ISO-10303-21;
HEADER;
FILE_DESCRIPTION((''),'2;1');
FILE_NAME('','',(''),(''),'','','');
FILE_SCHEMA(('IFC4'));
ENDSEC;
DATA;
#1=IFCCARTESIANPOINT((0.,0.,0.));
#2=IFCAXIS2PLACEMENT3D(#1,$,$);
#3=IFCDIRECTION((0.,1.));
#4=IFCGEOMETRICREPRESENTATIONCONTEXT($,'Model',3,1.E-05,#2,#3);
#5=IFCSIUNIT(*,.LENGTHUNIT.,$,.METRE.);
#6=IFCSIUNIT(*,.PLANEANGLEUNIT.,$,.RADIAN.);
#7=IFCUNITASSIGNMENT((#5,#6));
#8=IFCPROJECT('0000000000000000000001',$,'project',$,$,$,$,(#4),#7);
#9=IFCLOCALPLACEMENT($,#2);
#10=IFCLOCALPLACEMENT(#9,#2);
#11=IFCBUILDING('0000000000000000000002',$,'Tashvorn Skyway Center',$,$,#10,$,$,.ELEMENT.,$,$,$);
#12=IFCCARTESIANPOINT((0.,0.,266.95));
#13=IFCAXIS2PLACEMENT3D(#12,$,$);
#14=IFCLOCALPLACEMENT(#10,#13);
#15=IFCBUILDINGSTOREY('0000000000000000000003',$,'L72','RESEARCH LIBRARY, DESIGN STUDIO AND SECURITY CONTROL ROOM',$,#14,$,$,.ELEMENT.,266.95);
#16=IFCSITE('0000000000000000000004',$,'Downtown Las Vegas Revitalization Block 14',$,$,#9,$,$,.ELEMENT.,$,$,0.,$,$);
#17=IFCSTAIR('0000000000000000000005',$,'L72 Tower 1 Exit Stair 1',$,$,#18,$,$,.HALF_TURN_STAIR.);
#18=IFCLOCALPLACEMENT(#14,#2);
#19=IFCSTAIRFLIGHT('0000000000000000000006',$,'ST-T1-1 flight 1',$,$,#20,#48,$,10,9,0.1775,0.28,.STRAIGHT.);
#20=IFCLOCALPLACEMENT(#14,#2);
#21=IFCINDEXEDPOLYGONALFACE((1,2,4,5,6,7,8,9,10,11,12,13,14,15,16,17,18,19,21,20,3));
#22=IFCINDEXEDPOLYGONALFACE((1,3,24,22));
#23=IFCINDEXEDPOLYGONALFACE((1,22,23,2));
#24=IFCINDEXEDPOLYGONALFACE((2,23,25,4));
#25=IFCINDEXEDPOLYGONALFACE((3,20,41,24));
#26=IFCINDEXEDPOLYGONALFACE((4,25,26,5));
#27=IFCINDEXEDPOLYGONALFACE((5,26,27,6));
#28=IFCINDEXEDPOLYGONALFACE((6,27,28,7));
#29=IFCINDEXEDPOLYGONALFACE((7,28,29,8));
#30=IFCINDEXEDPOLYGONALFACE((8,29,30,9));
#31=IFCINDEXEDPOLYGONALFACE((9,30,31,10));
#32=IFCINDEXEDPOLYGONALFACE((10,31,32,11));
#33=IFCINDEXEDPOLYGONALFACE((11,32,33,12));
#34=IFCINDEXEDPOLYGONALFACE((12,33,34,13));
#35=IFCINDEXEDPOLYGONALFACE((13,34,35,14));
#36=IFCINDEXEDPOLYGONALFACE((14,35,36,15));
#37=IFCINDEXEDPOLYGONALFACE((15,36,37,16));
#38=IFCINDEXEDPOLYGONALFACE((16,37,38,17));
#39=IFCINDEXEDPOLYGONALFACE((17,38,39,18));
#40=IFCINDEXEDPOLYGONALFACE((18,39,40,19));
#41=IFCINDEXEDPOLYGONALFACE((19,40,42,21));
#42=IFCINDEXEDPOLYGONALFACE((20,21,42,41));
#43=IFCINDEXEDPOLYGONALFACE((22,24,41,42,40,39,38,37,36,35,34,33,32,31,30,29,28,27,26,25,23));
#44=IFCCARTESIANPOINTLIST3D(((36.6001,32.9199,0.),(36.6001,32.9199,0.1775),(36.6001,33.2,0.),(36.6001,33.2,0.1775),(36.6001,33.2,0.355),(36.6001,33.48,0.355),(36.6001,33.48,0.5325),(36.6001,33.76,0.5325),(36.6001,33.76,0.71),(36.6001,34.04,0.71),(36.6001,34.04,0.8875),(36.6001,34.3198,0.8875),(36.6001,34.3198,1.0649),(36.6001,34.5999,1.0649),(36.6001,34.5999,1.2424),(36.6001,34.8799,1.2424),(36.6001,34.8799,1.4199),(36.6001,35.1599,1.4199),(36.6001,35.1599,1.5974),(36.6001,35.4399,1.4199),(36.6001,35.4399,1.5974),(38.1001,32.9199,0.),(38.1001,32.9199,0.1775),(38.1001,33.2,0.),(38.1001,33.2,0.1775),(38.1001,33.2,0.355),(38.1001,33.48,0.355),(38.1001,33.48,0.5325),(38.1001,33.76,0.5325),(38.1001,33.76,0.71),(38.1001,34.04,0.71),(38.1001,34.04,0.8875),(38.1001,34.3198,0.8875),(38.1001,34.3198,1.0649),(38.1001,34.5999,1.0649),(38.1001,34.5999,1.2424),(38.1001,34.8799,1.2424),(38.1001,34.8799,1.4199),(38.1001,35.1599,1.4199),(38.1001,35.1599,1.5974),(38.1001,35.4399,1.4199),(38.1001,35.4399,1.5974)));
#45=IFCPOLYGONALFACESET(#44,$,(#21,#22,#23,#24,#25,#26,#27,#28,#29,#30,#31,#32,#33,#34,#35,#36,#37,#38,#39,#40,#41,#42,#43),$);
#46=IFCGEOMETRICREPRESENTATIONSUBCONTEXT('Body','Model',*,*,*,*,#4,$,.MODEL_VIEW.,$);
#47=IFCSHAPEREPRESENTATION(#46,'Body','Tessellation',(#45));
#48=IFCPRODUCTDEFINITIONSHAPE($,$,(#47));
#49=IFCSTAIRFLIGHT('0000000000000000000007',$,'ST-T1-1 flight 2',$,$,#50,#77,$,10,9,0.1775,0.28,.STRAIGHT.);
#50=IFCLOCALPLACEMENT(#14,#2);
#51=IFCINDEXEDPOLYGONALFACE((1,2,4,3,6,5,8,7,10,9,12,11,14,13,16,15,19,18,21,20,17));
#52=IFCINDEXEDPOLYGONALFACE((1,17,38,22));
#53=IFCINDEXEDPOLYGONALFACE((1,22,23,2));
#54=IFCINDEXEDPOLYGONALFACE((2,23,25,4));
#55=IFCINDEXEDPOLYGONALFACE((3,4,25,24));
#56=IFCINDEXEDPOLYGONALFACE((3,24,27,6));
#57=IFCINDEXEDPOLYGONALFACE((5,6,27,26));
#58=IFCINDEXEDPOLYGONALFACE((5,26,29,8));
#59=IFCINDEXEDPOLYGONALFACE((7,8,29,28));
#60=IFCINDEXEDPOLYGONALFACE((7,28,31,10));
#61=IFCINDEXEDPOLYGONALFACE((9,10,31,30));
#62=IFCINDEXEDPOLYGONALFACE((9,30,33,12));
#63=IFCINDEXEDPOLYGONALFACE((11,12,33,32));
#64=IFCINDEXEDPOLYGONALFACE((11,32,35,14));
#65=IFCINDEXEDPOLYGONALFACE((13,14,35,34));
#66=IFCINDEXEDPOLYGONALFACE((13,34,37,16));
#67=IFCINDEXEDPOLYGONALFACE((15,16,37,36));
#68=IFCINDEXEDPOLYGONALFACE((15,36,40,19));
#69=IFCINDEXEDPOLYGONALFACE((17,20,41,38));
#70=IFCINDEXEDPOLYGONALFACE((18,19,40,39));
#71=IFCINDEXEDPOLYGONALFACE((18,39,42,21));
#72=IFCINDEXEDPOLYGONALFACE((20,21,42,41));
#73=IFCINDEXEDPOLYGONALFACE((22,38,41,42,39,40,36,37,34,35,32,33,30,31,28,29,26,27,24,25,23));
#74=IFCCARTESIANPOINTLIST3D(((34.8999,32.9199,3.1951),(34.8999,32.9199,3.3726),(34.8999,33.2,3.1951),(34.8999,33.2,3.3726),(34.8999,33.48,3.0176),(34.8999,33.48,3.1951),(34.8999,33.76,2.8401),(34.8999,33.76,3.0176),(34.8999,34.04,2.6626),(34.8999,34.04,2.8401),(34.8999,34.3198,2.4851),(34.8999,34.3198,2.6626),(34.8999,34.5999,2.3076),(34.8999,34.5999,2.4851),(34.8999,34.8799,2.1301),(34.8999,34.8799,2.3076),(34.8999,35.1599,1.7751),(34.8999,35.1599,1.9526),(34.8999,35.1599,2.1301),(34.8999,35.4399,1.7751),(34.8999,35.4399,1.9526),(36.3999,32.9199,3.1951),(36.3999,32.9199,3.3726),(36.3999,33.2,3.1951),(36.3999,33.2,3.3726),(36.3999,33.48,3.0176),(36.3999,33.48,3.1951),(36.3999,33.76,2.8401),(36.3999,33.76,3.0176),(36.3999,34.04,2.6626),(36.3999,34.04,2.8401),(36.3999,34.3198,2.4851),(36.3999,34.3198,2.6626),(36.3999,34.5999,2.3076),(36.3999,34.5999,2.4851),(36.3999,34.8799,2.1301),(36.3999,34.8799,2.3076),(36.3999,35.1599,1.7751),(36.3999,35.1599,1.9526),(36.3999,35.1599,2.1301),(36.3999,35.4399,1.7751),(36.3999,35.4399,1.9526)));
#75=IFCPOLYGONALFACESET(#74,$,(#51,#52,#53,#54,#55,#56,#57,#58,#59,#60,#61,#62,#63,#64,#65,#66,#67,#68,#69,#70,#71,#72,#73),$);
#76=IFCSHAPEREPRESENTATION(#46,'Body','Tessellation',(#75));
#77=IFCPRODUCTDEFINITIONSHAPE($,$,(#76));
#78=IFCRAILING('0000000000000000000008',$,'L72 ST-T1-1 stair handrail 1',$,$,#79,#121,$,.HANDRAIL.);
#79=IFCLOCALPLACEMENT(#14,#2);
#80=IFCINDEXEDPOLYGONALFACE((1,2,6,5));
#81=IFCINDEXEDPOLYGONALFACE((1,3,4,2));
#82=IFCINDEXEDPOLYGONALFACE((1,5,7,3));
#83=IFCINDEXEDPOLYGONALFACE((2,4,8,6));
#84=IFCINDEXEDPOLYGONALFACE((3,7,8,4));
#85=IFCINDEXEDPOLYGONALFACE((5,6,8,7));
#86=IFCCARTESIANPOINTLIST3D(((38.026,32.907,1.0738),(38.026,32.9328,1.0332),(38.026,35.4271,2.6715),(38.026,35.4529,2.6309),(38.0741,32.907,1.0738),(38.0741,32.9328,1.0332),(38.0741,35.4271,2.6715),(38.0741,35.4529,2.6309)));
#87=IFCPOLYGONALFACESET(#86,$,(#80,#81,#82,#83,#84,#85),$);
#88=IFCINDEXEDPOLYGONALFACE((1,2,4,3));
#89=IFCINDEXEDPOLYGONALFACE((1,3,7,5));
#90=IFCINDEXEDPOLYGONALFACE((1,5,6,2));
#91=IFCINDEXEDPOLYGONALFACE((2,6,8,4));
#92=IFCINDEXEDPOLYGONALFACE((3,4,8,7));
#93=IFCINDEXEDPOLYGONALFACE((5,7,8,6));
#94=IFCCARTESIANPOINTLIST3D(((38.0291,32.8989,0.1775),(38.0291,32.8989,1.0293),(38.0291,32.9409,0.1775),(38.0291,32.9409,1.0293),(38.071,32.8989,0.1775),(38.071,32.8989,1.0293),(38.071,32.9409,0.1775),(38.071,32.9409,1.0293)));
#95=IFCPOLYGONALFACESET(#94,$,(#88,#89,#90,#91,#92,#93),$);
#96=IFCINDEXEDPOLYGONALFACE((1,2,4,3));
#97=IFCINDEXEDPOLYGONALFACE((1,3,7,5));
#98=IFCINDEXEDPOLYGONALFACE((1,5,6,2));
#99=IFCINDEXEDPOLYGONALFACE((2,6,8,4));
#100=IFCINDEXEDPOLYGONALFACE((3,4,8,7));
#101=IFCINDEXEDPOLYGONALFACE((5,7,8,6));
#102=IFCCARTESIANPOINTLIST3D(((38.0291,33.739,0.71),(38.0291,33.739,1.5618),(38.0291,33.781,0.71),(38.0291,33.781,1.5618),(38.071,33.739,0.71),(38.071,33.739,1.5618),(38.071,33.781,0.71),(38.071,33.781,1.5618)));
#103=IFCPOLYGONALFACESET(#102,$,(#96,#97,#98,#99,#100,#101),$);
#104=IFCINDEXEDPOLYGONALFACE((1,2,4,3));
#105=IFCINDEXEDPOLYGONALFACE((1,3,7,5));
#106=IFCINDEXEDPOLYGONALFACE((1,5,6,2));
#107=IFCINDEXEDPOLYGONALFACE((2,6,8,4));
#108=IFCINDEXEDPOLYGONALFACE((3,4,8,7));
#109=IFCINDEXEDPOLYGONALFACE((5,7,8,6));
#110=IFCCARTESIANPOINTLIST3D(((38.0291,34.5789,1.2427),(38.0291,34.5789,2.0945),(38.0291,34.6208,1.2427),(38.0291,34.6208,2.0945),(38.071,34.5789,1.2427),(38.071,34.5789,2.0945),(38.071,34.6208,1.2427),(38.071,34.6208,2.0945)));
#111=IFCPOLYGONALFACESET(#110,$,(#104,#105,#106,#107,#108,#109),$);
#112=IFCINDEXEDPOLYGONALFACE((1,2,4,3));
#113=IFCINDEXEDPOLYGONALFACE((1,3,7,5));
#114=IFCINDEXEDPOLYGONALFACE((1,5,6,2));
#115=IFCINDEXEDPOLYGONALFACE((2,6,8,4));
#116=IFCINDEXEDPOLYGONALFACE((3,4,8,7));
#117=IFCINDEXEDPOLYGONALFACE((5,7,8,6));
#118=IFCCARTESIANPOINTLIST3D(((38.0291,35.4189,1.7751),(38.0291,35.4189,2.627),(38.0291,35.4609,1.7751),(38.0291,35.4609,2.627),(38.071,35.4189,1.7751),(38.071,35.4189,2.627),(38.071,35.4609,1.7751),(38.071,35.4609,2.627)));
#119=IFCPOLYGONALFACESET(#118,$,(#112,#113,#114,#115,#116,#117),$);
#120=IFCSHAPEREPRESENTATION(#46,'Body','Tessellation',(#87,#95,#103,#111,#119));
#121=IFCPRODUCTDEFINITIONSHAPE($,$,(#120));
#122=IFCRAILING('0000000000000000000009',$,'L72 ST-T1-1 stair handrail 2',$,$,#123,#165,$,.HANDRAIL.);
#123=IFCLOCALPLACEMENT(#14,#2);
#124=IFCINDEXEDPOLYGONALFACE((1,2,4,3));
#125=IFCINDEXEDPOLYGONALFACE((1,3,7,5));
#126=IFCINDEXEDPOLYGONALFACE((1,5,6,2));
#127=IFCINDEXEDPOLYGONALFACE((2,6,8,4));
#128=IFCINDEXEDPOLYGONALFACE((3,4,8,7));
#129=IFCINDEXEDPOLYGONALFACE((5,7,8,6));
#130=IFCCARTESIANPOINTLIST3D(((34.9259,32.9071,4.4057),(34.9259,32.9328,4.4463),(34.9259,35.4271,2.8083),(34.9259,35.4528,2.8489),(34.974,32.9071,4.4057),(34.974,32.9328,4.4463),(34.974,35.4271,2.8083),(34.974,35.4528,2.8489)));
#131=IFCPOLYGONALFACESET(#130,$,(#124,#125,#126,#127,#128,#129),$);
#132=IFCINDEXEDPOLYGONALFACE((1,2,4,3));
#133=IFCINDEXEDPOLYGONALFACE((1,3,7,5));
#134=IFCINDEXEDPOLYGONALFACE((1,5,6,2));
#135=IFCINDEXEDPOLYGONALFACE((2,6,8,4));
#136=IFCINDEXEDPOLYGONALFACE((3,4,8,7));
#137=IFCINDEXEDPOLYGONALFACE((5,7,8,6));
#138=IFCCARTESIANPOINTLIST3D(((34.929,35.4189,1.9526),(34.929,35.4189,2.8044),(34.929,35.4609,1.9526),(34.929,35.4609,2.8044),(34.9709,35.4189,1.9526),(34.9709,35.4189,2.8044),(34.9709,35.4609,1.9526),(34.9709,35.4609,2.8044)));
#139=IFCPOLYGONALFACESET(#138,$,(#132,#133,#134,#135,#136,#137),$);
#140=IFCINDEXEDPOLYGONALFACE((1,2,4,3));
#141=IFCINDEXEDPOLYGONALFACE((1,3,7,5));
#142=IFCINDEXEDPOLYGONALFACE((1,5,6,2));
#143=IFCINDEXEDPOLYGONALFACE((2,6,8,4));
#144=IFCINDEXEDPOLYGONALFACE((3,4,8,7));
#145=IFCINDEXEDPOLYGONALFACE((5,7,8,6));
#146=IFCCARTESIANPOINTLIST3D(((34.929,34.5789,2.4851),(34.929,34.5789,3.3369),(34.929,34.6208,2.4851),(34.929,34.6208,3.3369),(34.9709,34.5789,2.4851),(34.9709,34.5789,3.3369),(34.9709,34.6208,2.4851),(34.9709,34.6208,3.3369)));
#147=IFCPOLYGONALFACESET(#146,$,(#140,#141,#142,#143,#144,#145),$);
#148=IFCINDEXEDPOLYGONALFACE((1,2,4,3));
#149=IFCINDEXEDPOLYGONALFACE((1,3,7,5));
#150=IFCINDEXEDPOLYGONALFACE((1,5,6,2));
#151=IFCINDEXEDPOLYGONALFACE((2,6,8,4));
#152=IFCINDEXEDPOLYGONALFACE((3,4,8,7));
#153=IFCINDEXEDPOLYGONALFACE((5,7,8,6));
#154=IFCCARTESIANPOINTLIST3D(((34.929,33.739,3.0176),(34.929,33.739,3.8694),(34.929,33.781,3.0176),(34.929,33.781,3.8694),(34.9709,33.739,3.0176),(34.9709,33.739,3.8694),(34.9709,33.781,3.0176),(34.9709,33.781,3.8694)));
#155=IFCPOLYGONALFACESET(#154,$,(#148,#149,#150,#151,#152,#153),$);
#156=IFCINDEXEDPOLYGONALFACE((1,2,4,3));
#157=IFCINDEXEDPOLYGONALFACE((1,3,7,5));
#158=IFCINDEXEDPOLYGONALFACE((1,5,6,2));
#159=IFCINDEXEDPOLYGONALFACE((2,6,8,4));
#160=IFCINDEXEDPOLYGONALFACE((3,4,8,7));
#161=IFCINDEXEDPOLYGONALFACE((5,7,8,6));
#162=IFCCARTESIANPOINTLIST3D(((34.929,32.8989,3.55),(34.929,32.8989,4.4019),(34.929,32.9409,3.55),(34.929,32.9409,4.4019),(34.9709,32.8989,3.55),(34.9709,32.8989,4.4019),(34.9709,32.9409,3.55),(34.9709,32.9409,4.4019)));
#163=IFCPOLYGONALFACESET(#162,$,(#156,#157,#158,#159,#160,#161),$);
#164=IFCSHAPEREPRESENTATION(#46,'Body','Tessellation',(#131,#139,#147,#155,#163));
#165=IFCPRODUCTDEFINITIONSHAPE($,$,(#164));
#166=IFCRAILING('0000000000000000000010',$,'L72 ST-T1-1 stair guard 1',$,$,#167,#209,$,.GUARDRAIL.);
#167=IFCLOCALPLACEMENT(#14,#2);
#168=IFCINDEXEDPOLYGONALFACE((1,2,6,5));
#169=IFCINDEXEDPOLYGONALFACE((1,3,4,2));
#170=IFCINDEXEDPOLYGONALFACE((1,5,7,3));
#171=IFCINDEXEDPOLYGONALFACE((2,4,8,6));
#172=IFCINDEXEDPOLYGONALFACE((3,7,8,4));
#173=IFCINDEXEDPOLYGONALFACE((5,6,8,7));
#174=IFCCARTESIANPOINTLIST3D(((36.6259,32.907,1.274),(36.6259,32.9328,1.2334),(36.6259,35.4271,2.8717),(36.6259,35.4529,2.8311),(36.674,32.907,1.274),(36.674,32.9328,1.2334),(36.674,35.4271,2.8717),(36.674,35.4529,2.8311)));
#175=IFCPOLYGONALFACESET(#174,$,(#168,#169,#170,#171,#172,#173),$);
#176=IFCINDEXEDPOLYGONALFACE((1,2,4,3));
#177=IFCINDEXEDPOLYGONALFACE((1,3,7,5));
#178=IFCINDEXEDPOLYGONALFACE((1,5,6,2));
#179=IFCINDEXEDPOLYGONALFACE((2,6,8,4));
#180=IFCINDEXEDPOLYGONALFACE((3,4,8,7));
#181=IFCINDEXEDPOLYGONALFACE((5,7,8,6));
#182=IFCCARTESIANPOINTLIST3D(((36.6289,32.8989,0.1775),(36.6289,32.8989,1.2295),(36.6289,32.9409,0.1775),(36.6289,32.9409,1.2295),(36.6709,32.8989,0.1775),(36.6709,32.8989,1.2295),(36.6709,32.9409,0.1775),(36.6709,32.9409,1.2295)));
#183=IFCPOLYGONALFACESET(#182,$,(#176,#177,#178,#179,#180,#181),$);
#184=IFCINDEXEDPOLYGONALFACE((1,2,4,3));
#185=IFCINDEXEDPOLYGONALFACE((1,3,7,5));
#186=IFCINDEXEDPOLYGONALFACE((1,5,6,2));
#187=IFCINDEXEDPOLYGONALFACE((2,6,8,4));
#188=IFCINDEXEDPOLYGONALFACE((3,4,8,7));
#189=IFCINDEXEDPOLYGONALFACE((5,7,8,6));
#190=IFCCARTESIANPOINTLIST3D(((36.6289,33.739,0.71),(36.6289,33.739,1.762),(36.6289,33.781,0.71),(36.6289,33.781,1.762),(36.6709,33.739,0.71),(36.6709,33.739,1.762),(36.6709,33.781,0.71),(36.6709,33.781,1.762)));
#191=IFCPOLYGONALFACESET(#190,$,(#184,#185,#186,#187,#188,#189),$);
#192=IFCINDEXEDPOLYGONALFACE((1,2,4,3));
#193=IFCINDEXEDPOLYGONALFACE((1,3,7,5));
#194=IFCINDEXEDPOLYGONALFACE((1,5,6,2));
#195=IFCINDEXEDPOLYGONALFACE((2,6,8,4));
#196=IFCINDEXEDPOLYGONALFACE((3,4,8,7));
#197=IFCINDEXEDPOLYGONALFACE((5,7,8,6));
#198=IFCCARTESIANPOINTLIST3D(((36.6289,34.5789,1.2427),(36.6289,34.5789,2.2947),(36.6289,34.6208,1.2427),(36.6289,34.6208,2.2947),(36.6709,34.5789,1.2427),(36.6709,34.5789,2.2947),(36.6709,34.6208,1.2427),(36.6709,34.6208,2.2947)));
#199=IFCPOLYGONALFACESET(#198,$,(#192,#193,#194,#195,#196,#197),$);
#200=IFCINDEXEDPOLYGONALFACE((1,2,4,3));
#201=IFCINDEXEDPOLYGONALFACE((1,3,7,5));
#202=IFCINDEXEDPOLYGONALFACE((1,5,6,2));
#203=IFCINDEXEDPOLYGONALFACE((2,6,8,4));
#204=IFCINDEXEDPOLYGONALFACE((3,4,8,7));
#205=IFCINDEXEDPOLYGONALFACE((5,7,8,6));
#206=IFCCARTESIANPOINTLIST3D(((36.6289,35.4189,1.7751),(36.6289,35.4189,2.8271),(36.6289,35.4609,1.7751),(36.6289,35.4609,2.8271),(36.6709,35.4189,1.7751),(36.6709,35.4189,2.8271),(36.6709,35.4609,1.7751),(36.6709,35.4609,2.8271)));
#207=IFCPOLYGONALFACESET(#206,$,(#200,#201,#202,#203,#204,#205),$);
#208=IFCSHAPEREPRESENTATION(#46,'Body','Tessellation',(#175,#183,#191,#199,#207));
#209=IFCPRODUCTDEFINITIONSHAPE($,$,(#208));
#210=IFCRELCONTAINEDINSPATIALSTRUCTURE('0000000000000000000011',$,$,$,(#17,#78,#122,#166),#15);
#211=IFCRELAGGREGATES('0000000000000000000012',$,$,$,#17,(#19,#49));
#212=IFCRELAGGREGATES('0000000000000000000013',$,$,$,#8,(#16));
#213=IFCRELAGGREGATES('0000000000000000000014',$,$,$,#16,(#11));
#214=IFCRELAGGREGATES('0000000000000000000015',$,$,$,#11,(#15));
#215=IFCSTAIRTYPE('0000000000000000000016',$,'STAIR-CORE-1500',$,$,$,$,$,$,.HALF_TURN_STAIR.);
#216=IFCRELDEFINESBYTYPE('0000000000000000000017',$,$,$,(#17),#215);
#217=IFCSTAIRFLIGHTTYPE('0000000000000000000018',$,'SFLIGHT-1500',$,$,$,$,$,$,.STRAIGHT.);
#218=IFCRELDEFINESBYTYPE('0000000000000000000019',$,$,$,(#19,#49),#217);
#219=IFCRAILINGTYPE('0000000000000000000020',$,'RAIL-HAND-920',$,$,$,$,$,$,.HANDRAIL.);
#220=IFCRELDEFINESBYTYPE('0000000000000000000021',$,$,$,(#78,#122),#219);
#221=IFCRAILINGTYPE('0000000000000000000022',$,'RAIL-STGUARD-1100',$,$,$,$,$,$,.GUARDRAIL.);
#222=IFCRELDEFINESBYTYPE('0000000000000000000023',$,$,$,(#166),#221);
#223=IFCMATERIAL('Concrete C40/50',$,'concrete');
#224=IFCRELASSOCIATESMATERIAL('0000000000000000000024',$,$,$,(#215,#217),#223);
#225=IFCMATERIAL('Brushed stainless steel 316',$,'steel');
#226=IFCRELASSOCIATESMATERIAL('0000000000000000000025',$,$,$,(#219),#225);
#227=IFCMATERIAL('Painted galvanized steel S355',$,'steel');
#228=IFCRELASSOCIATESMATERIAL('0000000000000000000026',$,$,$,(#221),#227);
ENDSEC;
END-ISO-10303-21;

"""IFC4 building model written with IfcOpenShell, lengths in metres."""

from ifc_helpers import new_model, si_unit, direction, frame, origin, origin_2d, place, context, subcontext, project, spatial, polyline, rectangle, outline, extrude, material, type_object, element, aggregate, save


model = new_model("IFC4")

# Units and contexts
model_context = context("Model", 3, precision=1e-05, world=origin(), true_north=direction((0.0, 1.0)))
body_context = subcontext(model_context, "Body", "Model", "MODEL_VIEW")
ifc_project = project(units=[si_unit("LENGTHUNIT", "METRE"), si_unit("PLANEANGLEUNIT", "RADIAN")], contexts=[model_context])

# Site, building, storey
site_placement = place(None, origin())
site = spatial("IfcSite", under=ifc_project, at=site_placement, Name="Downtown Las Vegas Revitalization Block 14", CompositionType="ELEMENT", RefElevation=0.0)
building_placement = place(site_placement, origin())
building = spatial("IfcBuilding", under=site, at=building_placement, Name="Tashvorn Skyway Center", CompositionType="ELEMENT")
storey_placement = place(building_placement, frame((0.0, 0.0, 266.95)))
storey = spatial("IfcBuildingStorey", under=building, at=storey_placement, Name="L72", Description="RESEARCH LIBRARY, DESIGN STUDIO AND SECURITY CONTROL ROOM", CompositionType="ELEMENT", Elevation=266.95)

# Shared definitions
ifc_material_1 = material(Name="Concrete C40/50", Category="concrete")

# Stair, stair flights
stair_type = type_object("IfcStairType", Name="STAIR-CORE-1500", PredefinedType="HALF_TURN_STAIR", material=ifc_material_1)
stair_placement = place(storey_placement, origin())
stair = element("IfcStair", 1, at=stair_placement, inside=storey, type_object=stair_type, Name="L72 Tower 1 Exit Stair 1", PredefinedType="HALF_TURN_STAIR")
stair_flight_type = type_object("IfcStairFlightType", Name="SFLIGHT-1500", PredefinedType="STRAIGHT", material=ifc_material_1)
stair_flight_1_placement = place(storey_placement, frame((37.3501, 32.9199, 0.0), z_axis=(0.0, 0.0, 1.0), x_axis=(0.0, 1.0, 0.0)))
stair_flight_1 = element("IfcStairFlight", 2, at=stair_flight_1_placement, type_object=stair_flight_type, Name="ST-T1-1 flight 1", NumberOfRisers=10, NumberOfTreads=9, PredefinedType="STRAIGHT", RiserHeight=0.1775, TreadLength=0.28, context=body_context, shape_type="SweptSolid", body=[
    extrude(outline(polyline([(0.0, 0.0), (0.0, 0.1775), (0.28, 0.1775), (0.28, 0.355), (0.5601, 0.355), (0.5601, 0.5325), (0.8401, 0.5325), (0.8401, 0.71), (1.1201, 0.71), (1.1201, 0.8875), (1.3999, 0.8875), (1.3999, 1.0649), (1.6799, 1.0649), (1.6799, 1.2424), (1.96, 1.2424), (1.96, 1.4199), (2.24, 1.4199), (2.24, 1.5974), (2.52, 1.5974), (2.52, 1.7749), (2.52, 1.4199), (0.28, 0.0), (0.0, 0.0)])), frame((0.0, 0.75, 0.0), z_axis=(0.0, -1.0, 0.0), x_axis=(1.0, 0.0, 0.0)), (0.0, 0.0, 1.0), 1.5),
])
stair_flight_2_placement = place(storey_placement, frame((35.6499, 35.4399, 1.7751), z_axis=(0.0, 0.0, 1.0), x_axis=(0.0, -1.0, 0.0)))
stair_flight_2 = element("IfcStairFlight", 3, at=stair_flight_2_placement, type_object=stair_flight_type, Name="ST-T1-1 flight 2", NumberOfRisers=10, NumberOfTreads=9, PredefinedType="STRAIGHT", RiserHeight=0.1775, TreadLength=0.28, context=body_context, shape_type="SweptSolid", body=[
    extrude(outline(polyline([(0.0, 0.0), (0.0, 0.1775), (0.28, 0.1775), (0.28, 0.355), (0.5601, 0.355), (0.5601, 0.5325), (0.8401, 0.5325), (0.8401, 0.71), (1.1201, 0.71), (1.1201, 0.8875), (1.3999, 0.8875), (1.3999, 1.0649), (1.6799, 1.0649), (1.6799, 1.2424), (1.96, 1.2424), (1.96, 1.4199), (2.24, 1.4199), (2.24, 1.5974), (2.52, 1.5974), (2.52, 1.7749), (2.52, 1.4199), (0.28, 0.0), (0.0, 0.0)])), frame((0.0, 0.75, 0.0), z_axis=(0.0, -1.0, 0.0), x_axis=(1.0, 0.0, 0.0)), (0.0, 0.0, 1.0), 1.5),
])
aggregate(stair, [stair_flight_1, stair_flight_2])

# Railings
ifc_material_2 = material(Name="Brushed stainless steel 316", Category="steel")
railing_type_1 = type_object("IfcRailingType", Name="RAIL-HAND-920", PredefinedType="HANDRAIL", material=ifc_material_2)
railing_1_placement = place(storey_placement, frame((38.05, 32.9199, 0.1775)))
element("IfcRailing", 4, at=railing_1_placement, inside=storey, type_object=railing_type_1, Name="L72 ST-T1-1 stair handrail 1", PredefinedType="HANDRAIL", context=body_context, shape_type="SweptSolid", body=[
    extrude(rectangle(XDim=0.0481, YDim=0.0481, at=origin_2d()), frame((0.0, 0.0, 0.876), z_axis=(0.0, 0.84457, 0.535445), x_axis=(-1.0, 0.0, 0.0)), (0.0, 0.0, 1.0), 2.9839),
    extrude(rectangle(XDim=0.042, YDim=0.042, at=origin_2d()), origin(), (0.0, 0.0, 1.0), 0.8518),
    extrude(rectangle(XDim=0.042, YDim=0.042, at=origin_2d()), frame((0.0, 0.8401, 0.5325)), (0.0, 0.0, 1.0), 0.8518),
    extrude(rectangle(XDim=0.042, YDim=0.042, at=origin_2d()), frame((0.0, 1.6799, 1.0652)), (0.0, 0.0, 1.0), 0.8518),
    extrude(rectangle(XDim=0.042, YDim=0.042, at=origin_2d()), frame((0.0, 2.52, 1.5977)), (0.0, 0.0, 1.0), 0.8518),
])
railing_2_placement = place(storey_placement, frame((34.95, 35.4399, 1.9526)))
element("IfcRailing", 5, at=railing_2_placement, inside=storey, type_object=railing_type_1, Name="L72 ST-T1-1 stair handrail 2", PredefinedType="HANDRAIL", context=body_context, shape_type="SweptSolid", body=[
    extrude(rectangle(XDim=0.0481, YDim=0.0481, at=origin_2d()), frame((0.0, 0.0, 0.876), z_axis=(0.0, -0.844607, 0.535387), x_axis=(1.0, 0.0, 0.0)), (0.0, 0.0, 1.0), 2.9836),
    extrude(rectangle(XDim=0.042, YDim=0.042, at=origin_2d()), origin(), (0.0, 0.0, 1.0), 0.8518),
    extrude(rectangle(XDim=0.042, YDim=0.042, at=origin_2d()), frame((0.0, -0.8401, 0.5325)), (0.0, 0.0, 1.0), 0.8518),
    extrude(rectangle(XDim=0.042, YDim=0.042, at=origin_2d()), frame((0.0, -1.6799, 1.0649)), (0.0, 0.0, 1.0), 0.8518),
    extrude(rectangle(XDim=0.042, YDim=0.042, at=origin_2d()), frame((0.0, -2.52, 1.5974)), (0.0, 0.0, 1.0), 0.8518),
])
ifc_material_3 = material(Name="Painted galvanized steel S355", Category="steel")
railing_type_2 = type_object("IfcRailingType", Name="RAIL-STGUARD-1100", PredefinedType="GUARDRAIL", material=ifc_material_3)
railing_3_placement = place(storey_placement, frame((36.6499, 32.9199, 0.1775)))
element("IfcRailing", 6, at=railing_3_placement, inside=storey, type_object=railing_type_2, Name="L72 ST-T1-1 stair guard 1", PredefinedType="GUARDRAIL", context=body_context, shape_type="SweptSolid", body=[
    extrude(rectangle(XDim=0.0481, YDim=0.0481, at=origin_2d()), frame((0.0, 0.0, 1.0762), z_axis=(0.0, 0.84457, 0.535445), x_axis=(-1.0, 0.0, 0.0)), (0.0, 0.0, 1.0), 2.9839),
    extrude(rectangle(XDim=0.042, YDim=0.042, at=origin_2d()), origin(), (0.0, 0.0, 1.0), 1.052),
    extrude(rectangle(XDim=0.042, YDim=0.042, at=origin_2d()), frame((0.0, 0.8401, 0.5325)), (0.0, 0.0, 1.0), 1.052),
    extrude(rectangle(XDim=0.042, YDim=0.042, at=origin_2d()), frame((0.0, 1.6799, 1.0652)), (0.0, 0.0, 1.0), 1.052),
    extrude(rectangle(XDim=0.042, YDim=0.042, at=origin_2d()), frame((0.0, 2.52, 1.5977)), (0.0, 0.0, 1.0), 1.052),
])

save(model, "model.ifc")
